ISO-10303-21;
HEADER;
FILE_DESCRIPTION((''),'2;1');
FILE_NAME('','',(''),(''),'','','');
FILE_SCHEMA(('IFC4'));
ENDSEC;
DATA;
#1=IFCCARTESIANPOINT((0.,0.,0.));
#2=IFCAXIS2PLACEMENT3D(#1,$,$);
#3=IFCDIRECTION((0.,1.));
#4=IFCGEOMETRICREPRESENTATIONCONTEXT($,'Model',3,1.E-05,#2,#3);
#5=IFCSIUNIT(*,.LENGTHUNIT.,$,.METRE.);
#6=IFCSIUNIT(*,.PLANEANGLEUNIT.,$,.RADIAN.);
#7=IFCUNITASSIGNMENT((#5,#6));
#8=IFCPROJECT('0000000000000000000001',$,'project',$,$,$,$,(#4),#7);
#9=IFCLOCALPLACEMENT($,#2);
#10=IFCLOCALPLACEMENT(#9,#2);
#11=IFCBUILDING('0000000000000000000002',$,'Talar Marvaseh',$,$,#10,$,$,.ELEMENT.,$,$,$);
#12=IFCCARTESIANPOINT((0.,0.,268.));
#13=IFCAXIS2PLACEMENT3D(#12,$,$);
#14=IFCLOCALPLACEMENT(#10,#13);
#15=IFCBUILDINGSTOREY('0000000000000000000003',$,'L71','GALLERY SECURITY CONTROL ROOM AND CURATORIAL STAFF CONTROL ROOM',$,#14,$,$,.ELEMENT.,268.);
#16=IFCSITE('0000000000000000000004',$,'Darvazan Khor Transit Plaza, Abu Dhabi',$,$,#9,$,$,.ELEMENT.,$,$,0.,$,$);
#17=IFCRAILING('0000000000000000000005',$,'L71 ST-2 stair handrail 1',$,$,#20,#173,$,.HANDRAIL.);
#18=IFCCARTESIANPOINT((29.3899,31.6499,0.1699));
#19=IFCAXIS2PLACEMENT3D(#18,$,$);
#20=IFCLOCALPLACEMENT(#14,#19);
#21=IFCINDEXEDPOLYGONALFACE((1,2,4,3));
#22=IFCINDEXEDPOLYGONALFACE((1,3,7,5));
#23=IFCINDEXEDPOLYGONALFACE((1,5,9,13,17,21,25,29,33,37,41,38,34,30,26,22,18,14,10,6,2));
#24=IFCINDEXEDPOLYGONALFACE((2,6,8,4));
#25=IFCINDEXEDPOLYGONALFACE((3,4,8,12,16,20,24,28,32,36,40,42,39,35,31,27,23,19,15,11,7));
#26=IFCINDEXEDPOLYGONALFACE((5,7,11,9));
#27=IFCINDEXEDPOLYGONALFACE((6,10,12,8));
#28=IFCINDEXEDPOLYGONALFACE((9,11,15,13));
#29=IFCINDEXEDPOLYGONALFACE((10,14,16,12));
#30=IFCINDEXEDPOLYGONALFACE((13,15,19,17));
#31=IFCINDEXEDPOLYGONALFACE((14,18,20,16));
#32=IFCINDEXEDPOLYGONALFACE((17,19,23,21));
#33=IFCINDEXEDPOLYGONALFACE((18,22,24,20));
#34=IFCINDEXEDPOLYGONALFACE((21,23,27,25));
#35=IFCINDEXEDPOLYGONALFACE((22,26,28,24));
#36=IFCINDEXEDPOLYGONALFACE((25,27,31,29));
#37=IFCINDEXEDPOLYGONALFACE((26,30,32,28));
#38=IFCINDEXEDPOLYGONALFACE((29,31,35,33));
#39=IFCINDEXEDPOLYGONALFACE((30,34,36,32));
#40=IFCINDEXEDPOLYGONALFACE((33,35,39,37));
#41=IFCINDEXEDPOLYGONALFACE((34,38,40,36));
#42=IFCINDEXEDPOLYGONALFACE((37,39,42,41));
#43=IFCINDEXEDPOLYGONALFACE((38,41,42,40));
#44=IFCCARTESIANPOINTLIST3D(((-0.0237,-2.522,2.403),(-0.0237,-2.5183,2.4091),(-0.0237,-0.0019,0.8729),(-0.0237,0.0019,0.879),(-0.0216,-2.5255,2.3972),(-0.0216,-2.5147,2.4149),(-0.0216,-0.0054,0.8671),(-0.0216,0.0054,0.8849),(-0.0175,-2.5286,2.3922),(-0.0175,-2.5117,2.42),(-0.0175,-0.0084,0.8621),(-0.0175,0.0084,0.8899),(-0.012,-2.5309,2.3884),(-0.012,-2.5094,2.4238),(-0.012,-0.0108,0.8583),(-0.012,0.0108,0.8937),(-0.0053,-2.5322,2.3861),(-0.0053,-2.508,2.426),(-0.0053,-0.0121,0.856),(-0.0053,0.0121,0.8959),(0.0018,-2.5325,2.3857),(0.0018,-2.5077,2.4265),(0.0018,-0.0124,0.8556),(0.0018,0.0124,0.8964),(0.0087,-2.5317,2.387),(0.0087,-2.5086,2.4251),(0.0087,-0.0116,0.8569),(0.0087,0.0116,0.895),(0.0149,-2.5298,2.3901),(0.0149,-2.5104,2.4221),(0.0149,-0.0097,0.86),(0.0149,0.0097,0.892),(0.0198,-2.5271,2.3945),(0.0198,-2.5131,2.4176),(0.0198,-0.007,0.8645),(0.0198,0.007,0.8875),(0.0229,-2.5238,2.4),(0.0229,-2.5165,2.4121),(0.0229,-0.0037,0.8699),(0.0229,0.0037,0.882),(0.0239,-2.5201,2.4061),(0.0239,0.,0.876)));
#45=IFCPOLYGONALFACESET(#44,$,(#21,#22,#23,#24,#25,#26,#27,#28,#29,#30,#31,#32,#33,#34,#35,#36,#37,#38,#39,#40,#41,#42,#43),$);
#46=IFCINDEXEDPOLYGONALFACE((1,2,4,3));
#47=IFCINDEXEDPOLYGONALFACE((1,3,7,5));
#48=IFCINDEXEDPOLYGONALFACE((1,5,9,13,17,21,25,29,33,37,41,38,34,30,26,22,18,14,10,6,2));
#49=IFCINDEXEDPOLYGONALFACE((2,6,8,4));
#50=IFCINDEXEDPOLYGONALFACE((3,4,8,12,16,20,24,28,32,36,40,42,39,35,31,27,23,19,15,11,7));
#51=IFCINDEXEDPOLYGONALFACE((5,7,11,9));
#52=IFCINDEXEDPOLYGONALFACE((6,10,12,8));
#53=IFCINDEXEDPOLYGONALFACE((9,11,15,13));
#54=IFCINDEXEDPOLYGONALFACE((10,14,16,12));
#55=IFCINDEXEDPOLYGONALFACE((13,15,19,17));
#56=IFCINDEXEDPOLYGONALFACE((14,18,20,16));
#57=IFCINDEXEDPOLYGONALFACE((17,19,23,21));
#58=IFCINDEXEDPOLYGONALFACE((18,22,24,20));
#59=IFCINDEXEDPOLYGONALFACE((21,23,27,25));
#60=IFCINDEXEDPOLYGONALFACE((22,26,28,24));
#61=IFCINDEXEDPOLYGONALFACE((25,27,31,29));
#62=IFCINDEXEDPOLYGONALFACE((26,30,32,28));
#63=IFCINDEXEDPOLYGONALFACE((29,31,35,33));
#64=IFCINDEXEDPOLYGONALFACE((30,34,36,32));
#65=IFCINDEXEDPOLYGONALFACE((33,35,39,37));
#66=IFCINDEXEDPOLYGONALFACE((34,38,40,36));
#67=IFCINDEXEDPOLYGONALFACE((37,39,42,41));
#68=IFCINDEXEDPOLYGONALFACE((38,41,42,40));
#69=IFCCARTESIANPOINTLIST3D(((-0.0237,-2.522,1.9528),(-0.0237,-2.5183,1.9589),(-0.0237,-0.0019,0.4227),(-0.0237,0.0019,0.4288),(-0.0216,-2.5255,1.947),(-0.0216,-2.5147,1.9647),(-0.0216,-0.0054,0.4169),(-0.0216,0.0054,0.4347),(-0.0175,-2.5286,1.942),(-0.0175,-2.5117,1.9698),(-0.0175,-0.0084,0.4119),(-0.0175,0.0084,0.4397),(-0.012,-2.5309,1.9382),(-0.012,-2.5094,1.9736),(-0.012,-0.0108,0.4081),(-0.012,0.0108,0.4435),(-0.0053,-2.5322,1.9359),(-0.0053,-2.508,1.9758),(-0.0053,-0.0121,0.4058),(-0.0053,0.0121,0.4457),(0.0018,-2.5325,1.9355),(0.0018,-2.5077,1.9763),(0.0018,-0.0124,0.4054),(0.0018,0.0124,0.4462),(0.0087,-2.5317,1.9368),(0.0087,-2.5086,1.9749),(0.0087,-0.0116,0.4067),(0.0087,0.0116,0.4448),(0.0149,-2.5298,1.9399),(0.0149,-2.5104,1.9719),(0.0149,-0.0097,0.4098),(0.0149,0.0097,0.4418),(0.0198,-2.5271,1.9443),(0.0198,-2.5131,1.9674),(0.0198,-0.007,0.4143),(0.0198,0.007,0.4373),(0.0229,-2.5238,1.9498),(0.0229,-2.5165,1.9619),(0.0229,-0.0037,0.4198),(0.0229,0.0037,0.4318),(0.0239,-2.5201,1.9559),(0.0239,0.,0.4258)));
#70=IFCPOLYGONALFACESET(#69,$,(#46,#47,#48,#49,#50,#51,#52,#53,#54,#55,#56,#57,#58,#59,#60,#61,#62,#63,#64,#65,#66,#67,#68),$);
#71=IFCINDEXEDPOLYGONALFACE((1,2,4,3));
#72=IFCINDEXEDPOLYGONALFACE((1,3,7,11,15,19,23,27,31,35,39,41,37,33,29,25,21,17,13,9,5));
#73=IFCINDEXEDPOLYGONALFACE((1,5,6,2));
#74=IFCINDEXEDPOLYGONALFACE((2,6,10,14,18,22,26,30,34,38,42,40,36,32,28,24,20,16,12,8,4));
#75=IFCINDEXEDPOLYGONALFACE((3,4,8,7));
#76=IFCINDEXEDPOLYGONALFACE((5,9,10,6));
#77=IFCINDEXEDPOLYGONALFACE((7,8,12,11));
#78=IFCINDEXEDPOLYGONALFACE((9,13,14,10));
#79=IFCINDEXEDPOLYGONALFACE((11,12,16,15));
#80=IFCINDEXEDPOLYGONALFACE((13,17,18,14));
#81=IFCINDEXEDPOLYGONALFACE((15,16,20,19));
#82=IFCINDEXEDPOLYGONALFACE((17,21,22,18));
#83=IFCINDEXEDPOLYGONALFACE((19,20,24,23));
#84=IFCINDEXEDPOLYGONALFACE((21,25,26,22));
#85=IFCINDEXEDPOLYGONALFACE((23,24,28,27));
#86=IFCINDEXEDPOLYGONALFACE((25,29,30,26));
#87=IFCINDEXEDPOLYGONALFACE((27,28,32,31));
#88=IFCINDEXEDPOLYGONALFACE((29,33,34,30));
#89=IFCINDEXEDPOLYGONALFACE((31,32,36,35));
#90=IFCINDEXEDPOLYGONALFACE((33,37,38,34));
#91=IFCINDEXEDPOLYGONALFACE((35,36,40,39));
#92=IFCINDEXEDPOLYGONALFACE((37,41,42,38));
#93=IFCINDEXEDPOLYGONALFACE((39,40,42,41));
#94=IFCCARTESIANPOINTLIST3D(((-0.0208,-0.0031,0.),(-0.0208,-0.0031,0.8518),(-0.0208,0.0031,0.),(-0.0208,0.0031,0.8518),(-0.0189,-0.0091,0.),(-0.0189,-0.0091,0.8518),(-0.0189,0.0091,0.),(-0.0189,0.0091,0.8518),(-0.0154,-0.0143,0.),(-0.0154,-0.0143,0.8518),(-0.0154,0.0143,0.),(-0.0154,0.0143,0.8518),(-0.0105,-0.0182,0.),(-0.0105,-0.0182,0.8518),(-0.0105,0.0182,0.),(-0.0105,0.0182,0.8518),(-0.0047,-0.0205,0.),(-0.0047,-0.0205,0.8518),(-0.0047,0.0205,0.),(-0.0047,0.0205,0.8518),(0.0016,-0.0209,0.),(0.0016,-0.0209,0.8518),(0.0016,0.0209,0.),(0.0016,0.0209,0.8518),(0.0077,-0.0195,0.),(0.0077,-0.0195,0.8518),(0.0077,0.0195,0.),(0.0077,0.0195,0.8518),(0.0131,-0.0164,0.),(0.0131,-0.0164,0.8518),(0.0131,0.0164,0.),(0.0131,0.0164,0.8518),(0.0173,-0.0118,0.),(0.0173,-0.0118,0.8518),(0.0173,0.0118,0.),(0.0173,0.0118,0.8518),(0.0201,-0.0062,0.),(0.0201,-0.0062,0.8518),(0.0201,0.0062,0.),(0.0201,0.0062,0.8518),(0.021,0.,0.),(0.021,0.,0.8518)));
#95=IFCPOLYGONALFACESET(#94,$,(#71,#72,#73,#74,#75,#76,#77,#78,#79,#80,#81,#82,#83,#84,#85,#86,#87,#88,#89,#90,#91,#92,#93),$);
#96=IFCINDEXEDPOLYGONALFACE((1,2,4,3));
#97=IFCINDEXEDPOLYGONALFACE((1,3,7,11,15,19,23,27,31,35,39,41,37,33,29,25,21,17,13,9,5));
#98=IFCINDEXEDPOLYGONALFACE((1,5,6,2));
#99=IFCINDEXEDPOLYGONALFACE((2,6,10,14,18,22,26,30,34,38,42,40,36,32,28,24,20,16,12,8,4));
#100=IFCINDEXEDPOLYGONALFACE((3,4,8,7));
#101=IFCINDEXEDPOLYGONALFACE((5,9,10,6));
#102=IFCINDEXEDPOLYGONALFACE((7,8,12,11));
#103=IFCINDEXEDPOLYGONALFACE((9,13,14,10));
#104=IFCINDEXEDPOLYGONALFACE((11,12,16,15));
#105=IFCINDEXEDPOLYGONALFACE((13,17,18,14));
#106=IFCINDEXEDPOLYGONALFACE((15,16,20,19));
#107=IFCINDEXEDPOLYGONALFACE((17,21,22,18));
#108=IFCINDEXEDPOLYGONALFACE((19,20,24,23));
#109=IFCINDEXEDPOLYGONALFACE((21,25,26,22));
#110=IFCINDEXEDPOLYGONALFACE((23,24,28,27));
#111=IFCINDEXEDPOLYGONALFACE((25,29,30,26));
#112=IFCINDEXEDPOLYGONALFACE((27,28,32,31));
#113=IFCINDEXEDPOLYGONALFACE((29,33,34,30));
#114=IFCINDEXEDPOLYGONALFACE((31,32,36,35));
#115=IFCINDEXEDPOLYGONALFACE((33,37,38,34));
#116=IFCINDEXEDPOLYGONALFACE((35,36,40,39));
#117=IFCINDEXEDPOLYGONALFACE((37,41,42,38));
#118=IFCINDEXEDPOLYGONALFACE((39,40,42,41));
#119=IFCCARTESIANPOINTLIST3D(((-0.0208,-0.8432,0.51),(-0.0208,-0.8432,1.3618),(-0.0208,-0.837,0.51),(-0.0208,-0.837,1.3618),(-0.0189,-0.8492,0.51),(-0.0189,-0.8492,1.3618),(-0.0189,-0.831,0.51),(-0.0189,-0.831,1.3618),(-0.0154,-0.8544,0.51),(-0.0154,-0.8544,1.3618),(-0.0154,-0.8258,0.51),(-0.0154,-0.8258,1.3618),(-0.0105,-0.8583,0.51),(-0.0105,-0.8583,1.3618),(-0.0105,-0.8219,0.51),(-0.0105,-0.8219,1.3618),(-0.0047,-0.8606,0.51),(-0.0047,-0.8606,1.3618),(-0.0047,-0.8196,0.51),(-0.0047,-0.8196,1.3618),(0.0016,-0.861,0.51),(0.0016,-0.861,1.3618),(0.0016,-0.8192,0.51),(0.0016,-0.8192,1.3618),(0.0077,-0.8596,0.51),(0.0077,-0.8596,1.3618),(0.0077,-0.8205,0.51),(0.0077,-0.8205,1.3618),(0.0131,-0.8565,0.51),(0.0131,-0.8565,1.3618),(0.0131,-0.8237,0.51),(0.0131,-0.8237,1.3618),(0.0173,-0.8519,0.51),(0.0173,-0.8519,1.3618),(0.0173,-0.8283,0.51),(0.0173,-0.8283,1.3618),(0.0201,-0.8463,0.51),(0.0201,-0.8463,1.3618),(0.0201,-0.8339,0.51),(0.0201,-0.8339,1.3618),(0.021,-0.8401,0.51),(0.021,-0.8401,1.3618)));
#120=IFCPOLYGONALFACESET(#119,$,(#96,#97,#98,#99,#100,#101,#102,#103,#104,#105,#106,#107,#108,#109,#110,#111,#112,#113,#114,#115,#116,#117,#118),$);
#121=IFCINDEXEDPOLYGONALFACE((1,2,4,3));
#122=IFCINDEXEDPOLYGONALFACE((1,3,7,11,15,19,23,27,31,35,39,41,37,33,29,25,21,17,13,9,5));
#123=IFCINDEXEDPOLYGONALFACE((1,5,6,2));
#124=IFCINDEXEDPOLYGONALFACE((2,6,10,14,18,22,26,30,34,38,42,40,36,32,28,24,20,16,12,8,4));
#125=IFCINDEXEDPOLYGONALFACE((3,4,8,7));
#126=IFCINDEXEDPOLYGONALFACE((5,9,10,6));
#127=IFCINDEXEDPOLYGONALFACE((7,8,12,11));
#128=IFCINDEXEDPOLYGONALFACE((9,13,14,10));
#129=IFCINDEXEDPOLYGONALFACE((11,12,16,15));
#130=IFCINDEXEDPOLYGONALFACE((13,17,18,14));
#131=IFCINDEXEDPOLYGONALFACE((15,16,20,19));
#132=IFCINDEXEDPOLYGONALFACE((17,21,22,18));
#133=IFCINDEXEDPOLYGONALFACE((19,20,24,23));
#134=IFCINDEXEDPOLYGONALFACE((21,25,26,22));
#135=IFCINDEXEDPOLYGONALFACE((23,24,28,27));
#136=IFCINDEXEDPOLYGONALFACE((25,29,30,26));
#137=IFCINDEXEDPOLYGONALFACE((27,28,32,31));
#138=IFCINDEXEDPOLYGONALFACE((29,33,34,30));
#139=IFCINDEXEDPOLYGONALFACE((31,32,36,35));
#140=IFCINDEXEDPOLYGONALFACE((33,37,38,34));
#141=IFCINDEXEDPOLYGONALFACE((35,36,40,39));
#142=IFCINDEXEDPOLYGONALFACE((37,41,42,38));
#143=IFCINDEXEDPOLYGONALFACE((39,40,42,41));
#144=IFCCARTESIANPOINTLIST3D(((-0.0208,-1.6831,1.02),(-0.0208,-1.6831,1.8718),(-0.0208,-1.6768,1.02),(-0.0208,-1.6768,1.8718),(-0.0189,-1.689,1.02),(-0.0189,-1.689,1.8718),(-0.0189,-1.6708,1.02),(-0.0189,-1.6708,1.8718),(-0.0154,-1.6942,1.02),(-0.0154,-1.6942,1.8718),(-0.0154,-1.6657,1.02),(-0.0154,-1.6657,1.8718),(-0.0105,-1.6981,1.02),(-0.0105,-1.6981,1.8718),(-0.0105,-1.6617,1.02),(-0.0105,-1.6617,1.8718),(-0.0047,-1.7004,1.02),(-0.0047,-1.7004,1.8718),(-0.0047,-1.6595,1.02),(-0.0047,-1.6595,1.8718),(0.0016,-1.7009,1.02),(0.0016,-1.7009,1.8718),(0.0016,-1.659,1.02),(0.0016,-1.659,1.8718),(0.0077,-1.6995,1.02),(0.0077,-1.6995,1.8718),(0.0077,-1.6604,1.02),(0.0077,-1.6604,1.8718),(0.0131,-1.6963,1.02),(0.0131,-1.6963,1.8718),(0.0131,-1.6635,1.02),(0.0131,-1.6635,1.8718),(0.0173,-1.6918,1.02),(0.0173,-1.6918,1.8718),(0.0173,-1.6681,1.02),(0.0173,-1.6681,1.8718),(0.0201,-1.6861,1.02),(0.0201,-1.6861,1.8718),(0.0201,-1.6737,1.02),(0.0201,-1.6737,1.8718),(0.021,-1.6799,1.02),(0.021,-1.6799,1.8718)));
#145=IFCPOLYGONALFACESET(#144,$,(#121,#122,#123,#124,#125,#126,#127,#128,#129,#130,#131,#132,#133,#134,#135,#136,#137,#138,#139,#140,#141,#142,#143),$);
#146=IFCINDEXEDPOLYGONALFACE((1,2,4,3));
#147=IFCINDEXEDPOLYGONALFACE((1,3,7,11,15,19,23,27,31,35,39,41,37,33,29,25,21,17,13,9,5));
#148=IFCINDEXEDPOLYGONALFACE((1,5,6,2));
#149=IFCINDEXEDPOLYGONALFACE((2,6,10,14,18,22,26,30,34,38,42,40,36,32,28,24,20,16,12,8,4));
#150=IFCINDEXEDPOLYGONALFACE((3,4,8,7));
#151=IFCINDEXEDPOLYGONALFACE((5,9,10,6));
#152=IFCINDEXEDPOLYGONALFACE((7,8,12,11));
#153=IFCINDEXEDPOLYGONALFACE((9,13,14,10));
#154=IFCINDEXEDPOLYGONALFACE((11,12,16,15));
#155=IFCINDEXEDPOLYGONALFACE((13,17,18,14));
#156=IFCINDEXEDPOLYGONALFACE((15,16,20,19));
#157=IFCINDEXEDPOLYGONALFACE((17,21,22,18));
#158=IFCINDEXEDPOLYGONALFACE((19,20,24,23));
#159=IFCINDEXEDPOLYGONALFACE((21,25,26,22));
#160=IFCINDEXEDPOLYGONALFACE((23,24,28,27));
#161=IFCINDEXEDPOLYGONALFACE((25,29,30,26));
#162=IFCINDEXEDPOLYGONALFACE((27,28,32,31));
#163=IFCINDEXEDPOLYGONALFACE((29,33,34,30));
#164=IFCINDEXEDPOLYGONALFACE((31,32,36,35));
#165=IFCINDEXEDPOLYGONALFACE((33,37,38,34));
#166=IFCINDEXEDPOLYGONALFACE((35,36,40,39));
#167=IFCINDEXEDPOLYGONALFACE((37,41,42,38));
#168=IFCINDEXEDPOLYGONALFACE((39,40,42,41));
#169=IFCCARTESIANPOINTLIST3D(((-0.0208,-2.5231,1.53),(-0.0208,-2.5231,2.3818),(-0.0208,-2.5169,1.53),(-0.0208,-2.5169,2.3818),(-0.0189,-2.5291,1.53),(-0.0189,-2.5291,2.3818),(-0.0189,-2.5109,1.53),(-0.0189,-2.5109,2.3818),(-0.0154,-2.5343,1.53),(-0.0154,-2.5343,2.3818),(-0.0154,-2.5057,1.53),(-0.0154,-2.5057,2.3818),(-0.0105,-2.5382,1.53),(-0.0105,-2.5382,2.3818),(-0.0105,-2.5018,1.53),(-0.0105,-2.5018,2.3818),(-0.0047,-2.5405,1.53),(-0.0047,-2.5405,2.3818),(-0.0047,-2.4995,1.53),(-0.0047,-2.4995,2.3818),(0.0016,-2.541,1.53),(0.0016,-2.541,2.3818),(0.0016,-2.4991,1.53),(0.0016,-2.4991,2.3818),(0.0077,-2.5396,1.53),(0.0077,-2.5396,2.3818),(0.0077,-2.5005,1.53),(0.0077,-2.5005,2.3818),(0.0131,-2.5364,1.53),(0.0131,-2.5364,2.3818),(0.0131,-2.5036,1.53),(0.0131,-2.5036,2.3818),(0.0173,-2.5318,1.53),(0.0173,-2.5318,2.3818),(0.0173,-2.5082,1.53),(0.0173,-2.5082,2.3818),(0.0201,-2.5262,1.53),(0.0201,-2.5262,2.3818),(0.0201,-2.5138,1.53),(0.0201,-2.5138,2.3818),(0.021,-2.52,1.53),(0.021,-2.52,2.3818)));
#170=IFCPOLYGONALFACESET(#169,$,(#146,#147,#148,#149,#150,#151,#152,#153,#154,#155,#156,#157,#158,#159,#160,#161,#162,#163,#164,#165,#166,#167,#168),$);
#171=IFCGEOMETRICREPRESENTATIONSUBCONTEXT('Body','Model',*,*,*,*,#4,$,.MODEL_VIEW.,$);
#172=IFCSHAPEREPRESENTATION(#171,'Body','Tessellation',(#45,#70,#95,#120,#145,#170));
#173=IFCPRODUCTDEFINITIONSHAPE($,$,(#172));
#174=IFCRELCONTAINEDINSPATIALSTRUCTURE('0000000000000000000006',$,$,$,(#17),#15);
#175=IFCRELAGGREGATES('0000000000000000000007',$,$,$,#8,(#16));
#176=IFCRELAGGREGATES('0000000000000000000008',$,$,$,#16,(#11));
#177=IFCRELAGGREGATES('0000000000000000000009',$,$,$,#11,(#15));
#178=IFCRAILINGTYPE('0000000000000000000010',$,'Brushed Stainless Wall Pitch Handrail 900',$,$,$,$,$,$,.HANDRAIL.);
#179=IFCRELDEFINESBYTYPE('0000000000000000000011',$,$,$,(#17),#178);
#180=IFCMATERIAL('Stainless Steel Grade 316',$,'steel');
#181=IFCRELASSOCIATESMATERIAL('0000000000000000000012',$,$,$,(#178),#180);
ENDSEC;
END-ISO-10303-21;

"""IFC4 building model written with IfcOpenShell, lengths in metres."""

from ifc_helpers import new_model, si_unit, direction, frame, origin, origin_2d, place, context, subcontext, project, spatial, circle, extrude, material, type_object, element, save


model = new_model("IFC4")

# Units and contexts
model_context = context("Model", 3, precision=1e-05, world=origin(), true_north=direction((0.0, 1.0)))
body_context = subcontext(model_context, "Body", "Model", "MODEL_VIEW")
ifc_project = project(units=[si_unit("LENGTHUNIT", "METRE"), si_unit("PLANEANGLEUNIT", "RADIAN")], contexts=[model_context])

# Site, building, storey
site_placement = place(None, origin())
site = spatial("IfcSite", under=ifc_project, at=site_placement, Name="Darvazan Khor Transit Plaza, Abu Dhabi", CompositionType="ELEMENT", RefElevation=0.0)
building_placement = place(site_placement, origin())
building = spatial("IfcBuilding", under=site, at=building_placement, Name="Talar Marvaseh", CompositionType="ELEMENT")
storey_placement = place(building_placement, frame((0.0, 0.0, 268.0)))
storey = spatial("IfcBuildingStorey", under=building, at=storey_placement, Name="L71", Description="GALLERY SECURITY CONTROL ROOM AND CURATORIAL STAFF CONTROL ROOM", CompositionType="ELEMENT", Elevation=268.0)

# Shared definitions
ifc_material_1 = material(Name="Stainless Steel Grade 316", Category="steel")

# Railing
railing_type_1 = type_object("IfcRailingType", Name="Brushed Stainless Wall Pitch Handrail 900", PredefinedType="HANDRAIL", material=ifc_material_1)
railing_1_placement = place(storey_placement, frame((29.3899, 31.6499, 0.1699)))
element("IfcRailing", 1, at=railing_1_placement, inside=storey, type_object=railing_type_1, Name="L71 ST-2 stair handrail 1", PredefinedType="HANDRAIL", context=body_context, shape_type="SweptSolid", body=[
    extrude(circle(Radius=0.0239, at=origin_2d()), frame((0.0, 0.0, 0.876), z_axis=(0.0, -0.854785, 0.518982), x_axis=(1.0, 0.0, 0.0)), (0.0, 0.0, 1.0), 2.9482),
    extrude(circle(Radius=0.0239, at=origin_2d()), frame((0.0, 0.0, 0.4258), z_axis=(0.0, -0.854785, 0.518982), x_axis=(1.0, 0.0, 0.0)), (0.0, 0.0, 1.0), 2.9482),
    extrude(circle(Radius=0.021, at=origin_2d()), origin(), (0.0, 0.0, 1.0), 0.8518),
    extrude(circle(Radius=0.021, at=origin_2d()), frame((0.0, -0.8401, 0.51)), (0.0, 0.0, 1.0), 0.8518),
    extrude(circle(Radius=0.021, at=origin_2d()), frame((0.0, -1.6799, 1.02)), (0.0, 0.0, 1.0), 0.8518),
    extrude(circle(Radius=0.021, at=origin_2d()), frame((0.0, -2.52, 1.53)), (0.0, 0.0, 1.0), 0.8518),
])

save(model, "model.ifc")
